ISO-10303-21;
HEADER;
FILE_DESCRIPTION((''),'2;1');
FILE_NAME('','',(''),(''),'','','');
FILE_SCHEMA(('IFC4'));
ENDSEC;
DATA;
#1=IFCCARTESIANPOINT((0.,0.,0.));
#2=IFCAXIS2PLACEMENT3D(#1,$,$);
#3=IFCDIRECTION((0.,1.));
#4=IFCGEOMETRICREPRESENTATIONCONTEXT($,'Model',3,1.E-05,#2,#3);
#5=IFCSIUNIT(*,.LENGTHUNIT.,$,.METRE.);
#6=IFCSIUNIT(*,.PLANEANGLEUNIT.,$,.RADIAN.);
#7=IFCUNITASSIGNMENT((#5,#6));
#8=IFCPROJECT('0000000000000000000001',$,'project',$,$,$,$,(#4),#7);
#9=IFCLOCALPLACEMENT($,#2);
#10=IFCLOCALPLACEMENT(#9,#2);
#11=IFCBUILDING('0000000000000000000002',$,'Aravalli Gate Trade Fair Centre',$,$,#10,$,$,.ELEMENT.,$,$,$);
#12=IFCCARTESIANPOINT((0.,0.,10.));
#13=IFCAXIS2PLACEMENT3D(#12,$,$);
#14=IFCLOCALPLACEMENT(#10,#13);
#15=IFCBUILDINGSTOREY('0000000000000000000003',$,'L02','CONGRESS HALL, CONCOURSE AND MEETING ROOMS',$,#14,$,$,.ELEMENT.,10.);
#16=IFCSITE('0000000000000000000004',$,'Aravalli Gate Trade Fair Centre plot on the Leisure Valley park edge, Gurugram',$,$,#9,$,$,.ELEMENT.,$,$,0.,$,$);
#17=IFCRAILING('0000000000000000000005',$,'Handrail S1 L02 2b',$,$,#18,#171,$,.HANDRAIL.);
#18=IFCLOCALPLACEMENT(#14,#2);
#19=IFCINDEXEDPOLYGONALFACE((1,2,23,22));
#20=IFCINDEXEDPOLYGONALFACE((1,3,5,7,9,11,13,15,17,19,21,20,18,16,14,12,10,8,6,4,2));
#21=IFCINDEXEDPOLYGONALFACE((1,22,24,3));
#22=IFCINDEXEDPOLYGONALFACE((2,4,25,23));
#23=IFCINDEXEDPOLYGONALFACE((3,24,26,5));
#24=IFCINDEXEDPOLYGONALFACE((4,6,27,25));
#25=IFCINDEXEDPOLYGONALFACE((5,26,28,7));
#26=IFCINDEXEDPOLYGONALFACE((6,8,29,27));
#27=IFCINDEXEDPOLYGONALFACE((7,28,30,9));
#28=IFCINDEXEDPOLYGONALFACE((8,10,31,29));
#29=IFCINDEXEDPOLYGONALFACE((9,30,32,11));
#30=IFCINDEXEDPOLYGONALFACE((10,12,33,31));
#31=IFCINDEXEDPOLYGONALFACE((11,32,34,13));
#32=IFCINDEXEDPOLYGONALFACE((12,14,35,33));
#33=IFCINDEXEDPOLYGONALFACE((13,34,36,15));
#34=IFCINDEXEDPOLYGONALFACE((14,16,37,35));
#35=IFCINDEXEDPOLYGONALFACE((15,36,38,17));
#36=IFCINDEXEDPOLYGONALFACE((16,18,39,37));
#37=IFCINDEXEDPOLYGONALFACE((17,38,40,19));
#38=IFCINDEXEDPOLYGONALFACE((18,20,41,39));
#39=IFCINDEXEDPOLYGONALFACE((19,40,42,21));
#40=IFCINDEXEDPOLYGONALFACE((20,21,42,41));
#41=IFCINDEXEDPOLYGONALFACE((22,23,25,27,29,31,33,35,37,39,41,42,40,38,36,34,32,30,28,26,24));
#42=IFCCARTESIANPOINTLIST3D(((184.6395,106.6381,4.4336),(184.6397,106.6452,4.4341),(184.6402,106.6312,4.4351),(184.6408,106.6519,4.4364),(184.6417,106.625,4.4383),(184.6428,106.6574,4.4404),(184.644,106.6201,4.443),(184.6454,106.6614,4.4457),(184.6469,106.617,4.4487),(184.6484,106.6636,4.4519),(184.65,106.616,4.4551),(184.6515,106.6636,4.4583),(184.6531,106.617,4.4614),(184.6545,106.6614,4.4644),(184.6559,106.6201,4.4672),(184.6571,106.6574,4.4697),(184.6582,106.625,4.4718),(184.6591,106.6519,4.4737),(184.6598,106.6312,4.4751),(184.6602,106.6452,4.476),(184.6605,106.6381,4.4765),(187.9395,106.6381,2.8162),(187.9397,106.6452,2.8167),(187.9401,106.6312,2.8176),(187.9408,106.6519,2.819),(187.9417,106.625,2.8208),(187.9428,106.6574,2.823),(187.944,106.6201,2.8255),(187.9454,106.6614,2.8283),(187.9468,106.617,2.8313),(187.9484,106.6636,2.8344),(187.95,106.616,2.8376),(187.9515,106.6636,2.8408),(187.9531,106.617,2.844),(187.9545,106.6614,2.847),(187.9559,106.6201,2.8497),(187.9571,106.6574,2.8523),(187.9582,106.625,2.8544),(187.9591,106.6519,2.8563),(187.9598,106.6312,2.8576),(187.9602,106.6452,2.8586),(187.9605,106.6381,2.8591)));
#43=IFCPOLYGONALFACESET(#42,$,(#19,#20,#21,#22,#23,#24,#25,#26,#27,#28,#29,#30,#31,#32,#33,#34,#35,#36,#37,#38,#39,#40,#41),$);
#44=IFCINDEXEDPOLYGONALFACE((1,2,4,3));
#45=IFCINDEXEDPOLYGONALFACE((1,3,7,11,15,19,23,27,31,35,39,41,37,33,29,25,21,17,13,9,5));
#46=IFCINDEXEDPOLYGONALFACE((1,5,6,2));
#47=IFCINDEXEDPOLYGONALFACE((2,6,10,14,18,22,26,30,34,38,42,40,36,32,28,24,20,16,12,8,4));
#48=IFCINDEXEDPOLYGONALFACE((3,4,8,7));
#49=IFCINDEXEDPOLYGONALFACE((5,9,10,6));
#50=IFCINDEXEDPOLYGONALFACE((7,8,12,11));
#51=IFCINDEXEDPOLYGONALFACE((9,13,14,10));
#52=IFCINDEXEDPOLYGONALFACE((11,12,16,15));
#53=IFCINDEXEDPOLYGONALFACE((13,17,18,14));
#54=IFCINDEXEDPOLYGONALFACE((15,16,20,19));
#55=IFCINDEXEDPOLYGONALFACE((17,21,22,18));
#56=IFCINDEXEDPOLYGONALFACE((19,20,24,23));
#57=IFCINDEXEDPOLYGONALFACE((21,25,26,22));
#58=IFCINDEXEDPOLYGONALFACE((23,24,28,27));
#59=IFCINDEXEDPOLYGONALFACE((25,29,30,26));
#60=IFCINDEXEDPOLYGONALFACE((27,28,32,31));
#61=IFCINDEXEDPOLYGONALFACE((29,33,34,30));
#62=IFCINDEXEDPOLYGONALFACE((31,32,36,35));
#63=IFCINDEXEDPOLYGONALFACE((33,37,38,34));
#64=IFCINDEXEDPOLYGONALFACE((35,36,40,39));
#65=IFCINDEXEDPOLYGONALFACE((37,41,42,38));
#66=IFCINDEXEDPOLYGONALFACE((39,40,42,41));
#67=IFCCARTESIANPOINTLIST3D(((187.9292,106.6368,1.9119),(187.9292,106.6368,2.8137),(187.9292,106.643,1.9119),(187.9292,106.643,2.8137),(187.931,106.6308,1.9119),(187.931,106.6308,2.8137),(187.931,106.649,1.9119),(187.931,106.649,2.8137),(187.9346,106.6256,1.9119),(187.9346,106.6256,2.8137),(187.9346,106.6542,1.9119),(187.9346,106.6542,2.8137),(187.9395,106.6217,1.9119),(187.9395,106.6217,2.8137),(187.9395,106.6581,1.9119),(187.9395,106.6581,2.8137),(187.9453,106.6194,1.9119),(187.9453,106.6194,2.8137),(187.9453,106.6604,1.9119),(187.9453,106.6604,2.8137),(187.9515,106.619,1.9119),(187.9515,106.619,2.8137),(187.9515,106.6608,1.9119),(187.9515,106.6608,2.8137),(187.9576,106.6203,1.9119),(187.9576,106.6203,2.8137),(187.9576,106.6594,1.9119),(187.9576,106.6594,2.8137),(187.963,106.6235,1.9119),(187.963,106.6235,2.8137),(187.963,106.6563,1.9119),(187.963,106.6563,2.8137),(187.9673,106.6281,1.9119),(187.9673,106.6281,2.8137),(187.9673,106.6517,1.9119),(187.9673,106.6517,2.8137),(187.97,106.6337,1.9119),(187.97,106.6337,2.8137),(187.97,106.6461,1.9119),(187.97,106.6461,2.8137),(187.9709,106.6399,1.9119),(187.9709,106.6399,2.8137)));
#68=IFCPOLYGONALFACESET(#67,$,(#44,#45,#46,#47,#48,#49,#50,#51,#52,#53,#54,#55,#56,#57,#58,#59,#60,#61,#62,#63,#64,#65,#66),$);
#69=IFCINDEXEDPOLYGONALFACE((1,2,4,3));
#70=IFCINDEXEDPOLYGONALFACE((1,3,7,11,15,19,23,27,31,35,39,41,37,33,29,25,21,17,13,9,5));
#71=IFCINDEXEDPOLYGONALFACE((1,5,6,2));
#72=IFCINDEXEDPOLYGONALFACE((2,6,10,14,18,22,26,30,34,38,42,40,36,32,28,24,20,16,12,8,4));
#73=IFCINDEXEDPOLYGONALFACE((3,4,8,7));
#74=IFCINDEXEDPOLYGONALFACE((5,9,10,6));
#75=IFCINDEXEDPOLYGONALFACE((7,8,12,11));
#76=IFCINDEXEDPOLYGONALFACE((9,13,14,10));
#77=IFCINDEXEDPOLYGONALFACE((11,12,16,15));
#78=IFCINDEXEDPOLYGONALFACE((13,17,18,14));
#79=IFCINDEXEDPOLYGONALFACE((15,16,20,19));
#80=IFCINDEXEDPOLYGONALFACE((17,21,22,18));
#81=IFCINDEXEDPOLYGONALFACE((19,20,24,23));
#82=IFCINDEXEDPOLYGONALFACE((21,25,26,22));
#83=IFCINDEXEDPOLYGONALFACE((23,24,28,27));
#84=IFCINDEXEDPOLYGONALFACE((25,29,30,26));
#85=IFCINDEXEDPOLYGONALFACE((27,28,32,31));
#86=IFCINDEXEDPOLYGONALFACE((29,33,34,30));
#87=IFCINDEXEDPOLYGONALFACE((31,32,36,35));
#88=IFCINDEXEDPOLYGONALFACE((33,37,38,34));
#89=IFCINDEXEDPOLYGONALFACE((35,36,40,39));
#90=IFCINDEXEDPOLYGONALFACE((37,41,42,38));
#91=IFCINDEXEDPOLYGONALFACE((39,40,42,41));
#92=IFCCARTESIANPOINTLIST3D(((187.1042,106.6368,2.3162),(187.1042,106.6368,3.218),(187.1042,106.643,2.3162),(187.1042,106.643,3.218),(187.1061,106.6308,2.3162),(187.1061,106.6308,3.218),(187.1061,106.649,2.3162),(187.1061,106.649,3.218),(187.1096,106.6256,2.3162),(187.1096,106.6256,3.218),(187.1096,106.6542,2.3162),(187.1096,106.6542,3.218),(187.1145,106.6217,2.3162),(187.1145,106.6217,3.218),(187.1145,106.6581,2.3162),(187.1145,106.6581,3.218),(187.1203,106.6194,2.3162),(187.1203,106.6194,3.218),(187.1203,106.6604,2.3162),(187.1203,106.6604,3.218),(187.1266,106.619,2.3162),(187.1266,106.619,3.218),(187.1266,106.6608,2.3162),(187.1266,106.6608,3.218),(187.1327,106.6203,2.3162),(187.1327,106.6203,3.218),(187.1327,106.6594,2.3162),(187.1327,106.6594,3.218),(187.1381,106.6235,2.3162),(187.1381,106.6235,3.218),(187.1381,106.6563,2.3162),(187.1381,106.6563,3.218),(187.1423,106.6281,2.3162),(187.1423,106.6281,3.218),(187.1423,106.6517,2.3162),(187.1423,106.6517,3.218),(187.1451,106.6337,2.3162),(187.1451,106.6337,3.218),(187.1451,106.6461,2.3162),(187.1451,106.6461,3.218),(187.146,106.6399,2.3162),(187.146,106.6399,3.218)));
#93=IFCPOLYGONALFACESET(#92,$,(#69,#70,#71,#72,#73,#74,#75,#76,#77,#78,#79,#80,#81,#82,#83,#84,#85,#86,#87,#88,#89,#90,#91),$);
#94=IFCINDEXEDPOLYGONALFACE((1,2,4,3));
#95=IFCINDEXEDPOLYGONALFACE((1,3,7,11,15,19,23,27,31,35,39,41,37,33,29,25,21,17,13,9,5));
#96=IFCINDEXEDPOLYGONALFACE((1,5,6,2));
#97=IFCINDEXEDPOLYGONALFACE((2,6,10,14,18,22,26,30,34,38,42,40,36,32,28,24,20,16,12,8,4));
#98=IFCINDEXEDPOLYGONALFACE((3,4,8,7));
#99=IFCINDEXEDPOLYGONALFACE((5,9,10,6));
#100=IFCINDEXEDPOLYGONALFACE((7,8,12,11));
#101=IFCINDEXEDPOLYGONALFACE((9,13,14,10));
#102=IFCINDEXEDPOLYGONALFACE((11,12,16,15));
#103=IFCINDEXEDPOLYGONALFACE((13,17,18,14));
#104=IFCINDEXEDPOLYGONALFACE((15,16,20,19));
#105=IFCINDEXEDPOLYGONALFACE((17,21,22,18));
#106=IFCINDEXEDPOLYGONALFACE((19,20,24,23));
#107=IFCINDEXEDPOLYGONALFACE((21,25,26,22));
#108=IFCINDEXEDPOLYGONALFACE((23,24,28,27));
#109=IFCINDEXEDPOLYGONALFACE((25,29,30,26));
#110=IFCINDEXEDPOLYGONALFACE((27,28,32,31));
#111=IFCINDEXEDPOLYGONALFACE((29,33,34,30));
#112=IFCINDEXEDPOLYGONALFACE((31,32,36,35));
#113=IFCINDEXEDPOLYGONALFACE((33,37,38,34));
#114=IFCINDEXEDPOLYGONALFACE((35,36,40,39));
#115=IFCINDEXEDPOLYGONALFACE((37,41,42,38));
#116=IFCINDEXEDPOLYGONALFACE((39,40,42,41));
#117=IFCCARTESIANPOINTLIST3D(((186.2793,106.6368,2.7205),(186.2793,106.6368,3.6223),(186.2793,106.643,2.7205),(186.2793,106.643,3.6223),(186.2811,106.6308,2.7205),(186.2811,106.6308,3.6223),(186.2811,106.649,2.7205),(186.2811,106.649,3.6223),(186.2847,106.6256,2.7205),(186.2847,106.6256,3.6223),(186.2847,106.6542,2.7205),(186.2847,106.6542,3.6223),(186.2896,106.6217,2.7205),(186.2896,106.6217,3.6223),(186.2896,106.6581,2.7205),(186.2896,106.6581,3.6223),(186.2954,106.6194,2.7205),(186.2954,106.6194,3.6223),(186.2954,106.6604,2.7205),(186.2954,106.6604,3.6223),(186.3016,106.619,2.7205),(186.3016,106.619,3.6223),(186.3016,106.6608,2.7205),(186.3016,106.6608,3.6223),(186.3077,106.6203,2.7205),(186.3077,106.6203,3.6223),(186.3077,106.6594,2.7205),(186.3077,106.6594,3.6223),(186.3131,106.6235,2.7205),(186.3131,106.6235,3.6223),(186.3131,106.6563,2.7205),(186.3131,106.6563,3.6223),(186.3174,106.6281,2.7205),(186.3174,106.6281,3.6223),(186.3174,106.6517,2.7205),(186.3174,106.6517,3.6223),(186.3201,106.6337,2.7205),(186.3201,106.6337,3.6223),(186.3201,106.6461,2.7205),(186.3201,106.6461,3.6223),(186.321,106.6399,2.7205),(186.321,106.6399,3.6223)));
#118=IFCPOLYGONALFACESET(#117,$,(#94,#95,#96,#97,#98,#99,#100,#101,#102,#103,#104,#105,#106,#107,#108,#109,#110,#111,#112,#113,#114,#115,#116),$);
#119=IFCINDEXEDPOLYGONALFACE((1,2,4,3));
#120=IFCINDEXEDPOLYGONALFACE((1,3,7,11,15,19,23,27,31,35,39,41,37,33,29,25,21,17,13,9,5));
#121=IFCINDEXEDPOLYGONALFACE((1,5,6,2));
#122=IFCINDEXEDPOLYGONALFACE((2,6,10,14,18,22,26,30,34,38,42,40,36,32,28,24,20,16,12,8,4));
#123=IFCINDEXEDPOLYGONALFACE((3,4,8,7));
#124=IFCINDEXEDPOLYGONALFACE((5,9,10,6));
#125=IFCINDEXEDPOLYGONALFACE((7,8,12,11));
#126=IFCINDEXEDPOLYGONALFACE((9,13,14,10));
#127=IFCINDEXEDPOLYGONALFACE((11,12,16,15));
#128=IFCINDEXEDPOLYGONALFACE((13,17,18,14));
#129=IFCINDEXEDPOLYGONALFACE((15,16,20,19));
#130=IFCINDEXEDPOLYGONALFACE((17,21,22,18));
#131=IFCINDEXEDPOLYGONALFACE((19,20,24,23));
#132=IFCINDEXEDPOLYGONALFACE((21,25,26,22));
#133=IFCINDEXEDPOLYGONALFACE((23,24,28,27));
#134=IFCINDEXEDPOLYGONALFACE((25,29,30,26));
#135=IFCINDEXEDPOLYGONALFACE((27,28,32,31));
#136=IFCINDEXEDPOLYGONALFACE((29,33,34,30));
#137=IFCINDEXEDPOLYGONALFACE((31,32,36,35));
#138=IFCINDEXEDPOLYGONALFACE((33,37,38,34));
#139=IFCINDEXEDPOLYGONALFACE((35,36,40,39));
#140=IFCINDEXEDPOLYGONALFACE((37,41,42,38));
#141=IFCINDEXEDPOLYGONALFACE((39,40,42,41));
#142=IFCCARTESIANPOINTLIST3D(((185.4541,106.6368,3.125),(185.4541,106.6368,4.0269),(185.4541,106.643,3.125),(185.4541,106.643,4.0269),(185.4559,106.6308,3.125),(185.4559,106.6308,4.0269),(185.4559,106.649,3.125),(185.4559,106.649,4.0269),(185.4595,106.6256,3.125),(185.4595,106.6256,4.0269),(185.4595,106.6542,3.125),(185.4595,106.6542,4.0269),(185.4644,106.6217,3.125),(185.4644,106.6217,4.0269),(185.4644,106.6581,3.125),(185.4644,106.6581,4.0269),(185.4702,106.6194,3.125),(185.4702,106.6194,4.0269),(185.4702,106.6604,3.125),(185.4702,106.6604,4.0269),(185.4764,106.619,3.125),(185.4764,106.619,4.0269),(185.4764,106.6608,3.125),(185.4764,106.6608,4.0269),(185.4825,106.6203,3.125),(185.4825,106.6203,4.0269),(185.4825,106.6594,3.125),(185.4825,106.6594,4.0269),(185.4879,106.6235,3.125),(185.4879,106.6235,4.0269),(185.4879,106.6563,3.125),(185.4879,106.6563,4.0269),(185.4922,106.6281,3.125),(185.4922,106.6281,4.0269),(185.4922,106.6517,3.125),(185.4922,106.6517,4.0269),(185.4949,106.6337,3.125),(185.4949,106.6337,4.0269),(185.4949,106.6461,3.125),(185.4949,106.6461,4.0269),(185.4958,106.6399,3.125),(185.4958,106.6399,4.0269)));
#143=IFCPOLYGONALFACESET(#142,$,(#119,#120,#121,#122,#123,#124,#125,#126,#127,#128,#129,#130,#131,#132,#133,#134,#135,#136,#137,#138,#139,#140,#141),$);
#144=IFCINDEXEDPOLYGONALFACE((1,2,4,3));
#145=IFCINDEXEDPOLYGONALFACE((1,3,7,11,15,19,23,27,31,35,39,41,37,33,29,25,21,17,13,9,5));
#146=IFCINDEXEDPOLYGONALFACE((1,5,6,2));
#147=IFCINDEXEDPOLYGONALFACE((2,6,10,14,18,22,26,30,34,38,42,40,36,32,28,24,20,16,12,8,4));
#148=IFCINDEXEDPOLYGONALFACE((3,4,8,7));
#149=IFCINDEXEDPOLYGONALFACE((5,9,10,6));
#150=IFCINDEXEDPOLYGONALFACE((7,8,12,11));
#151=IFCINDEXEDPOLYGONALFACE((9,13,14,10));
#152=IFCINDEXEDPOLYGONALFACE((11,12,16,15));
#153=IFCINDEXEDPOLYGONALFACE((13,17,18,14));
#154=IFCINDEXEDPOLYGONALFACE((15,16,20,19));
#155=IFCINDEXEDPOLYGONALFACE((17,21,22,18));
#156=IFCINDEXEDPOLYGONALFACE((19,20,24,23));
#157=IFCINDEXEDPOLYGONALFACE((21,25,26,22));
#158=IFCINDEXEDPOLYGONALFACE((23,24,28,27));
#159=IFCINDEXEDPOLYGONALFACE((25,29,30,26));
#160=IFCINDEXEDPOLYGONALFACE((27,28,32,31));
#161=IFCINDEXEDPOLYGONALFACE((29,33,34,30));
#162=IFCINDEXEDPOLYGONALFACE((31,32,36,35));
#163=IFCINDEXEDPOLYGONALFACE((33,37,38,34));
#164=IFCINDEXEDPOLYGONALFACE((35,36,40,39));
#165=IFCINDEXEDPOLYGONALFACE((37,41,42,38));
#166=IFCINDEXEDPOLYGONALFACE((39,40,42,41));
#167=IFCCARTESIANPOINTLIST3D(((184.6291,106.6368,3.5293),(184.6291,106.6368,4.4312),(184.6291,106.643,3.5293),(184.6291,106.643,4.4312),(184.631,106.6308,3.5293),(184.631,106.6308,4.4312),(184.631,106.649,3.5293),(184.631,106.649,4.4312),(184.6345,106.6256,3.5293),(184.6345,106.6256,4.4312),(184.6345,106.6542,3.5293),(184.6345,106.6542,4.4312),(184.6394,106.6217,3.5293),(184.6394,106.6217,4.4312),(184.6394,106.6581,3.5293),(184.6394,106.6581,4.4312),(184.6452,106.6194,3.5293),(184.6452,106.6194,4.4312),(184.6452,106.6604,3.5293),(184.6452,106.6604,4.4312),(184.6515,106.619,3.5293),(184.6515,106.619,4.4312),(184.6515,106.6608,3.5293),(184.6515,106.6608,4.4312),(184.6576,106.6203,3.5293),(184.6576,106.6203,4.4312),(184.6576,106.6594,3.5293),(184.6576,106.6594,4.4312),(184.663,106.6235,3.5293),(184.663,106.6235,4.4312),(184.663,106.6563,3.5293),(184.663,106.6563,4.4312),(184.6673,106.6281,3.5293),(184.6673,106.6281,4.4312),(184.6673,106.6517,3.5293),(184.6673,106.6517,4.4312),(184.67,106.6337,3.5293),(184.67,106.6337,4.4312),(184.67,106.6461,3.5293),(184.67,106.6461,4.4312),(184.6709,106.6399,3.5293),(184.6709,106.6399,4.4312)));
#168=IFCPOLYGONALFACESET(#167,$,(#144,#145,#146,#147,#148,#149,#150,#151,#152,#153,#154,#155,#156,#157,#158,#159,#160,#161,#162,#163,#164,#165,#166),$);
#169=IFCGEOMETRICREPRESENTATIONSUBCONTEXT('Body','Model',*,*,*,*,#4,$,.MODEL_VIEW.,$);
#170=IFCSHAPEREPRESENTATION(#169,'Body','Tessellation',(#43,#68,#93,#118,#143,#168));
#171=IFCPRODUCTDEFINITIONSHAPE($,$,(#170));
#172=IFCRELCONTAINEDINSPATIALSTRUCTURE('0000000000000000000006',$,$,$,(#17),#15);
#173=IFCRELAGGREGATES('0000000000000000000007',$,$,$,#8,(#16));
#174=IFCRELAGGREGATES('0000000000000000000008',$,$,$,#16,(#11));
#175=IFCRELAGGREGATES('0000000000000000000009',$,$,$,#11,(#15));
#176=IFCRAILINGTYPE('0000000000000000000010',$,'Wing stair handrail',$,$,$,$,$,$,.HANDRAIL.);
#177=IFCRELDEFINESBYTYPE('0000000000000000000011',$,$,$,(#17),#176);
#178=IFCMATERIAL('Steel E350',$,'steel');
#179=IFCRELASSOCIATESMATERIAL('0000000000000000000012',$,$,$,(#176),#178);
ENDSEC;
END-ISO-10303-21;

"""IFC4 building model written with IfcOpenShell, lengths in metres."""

from ifc_helpers import new_model, si_unit, direction, frame, origin, origin_2d, place, context, subcontext, project, spatial, circle, extrude, material, type_object, element, save


model = new_model("IFC4")

# Units and contexts
model_context = context("Model", 3, precision=1e-05, world=origin(), true_north=direction((0.0, 1.0)))
body_context = subcontext(model_context, "Body", "Model", "MODEL_VIEW")
ifc_project = project(units=[si_unit("LENGTHUNIT", "METRE"), si_unit("PLANEANGLEUNIT", "RADIAN")], contexts=[model_context])

# Site, building, storey
site_placement = place(None, origin())
site = spatial("IfcSite", under=ifc_project, at=site_placement, Name="Aravalli Gate Trade Fair Centre plot on the Leisure Valley park edge, Gurugram", CompositionType="ELEMENT", RefElevation=0.0)
building_placement = place(site_placement, origin())
building = spatial("IfcBuilding", under=site, at=building_placement, Name="Aravalli Gate Trade Fair Centre", CompositionType="ELEMENT")
storey_placement = place(building_placement, frame((0.0, 0.0, 10.0)))
storey = spatial("IfcBuildingStorey", under=building, at=storey_placement, Name="L02", Description="CONGRESS HALL, CONCOURSE AND MEETING ROOMS", CompositionType="ELEMENT", Elevation=10.0)

# Shared definitions
ifc_material_1 = material(Name="Steel E350", Category="steel")

# Railing
railing_type_1 = type_object("IfcRailingType", Name="Wing stair handrail", PredefinedType="HANDRAIL", material=ifc_material_1)
railing_1_placement = place(storey_placement, frame((187.95, 106.6399, 1.9119)))
element("IfcRailing", 1, at=railing_1_placement, inside=storey, type_object=railing_type_1, Name="Handrail S1 L02 2b", PredefinedType="HANDRAIL", context=body_context, shape_type="SweptSolid", body=[
    extrude(circle(Radius=0.0239, at=origin_2d()), frame((0.0, 0.0, 0.9258), z_axis=(-0.897946, 0.0, 0.440105), x_axis=(0.0, -1.0, 0.0)), (0.0, 0.0, 1.0), 3.675),
    extrude(circle(Radius=0.021, at=origin_2d()), origin(), (0.0, 0.0, 1.0), 0.9019),
    extrude(circle(Radius=0.021, at=origin_2d()), frame((-0.825, 0.0, 0.4043)), (0.0, 0.0, 1.0), 0.9019),
    extrude(circle(Radius=0.021, at=origin_2d()), frame((-1.6499, 0.0, 0.8086)), (0.0, 0.0, 1.0), 0.9019),
    extrude(circle(Radius=0.021, at=origin_2d()), frame((-2.4751, 0.0, 1.2131)), (0.0, 0.0, 1.0), 0.9019),
    extrude(circle(Radius=0.021, at=origin_2d()), frame((-3.3, 0.0, 1.6174)), (0.0, 0.0, 1.0), 0.9019),
])

save(model, "model.ifc")
